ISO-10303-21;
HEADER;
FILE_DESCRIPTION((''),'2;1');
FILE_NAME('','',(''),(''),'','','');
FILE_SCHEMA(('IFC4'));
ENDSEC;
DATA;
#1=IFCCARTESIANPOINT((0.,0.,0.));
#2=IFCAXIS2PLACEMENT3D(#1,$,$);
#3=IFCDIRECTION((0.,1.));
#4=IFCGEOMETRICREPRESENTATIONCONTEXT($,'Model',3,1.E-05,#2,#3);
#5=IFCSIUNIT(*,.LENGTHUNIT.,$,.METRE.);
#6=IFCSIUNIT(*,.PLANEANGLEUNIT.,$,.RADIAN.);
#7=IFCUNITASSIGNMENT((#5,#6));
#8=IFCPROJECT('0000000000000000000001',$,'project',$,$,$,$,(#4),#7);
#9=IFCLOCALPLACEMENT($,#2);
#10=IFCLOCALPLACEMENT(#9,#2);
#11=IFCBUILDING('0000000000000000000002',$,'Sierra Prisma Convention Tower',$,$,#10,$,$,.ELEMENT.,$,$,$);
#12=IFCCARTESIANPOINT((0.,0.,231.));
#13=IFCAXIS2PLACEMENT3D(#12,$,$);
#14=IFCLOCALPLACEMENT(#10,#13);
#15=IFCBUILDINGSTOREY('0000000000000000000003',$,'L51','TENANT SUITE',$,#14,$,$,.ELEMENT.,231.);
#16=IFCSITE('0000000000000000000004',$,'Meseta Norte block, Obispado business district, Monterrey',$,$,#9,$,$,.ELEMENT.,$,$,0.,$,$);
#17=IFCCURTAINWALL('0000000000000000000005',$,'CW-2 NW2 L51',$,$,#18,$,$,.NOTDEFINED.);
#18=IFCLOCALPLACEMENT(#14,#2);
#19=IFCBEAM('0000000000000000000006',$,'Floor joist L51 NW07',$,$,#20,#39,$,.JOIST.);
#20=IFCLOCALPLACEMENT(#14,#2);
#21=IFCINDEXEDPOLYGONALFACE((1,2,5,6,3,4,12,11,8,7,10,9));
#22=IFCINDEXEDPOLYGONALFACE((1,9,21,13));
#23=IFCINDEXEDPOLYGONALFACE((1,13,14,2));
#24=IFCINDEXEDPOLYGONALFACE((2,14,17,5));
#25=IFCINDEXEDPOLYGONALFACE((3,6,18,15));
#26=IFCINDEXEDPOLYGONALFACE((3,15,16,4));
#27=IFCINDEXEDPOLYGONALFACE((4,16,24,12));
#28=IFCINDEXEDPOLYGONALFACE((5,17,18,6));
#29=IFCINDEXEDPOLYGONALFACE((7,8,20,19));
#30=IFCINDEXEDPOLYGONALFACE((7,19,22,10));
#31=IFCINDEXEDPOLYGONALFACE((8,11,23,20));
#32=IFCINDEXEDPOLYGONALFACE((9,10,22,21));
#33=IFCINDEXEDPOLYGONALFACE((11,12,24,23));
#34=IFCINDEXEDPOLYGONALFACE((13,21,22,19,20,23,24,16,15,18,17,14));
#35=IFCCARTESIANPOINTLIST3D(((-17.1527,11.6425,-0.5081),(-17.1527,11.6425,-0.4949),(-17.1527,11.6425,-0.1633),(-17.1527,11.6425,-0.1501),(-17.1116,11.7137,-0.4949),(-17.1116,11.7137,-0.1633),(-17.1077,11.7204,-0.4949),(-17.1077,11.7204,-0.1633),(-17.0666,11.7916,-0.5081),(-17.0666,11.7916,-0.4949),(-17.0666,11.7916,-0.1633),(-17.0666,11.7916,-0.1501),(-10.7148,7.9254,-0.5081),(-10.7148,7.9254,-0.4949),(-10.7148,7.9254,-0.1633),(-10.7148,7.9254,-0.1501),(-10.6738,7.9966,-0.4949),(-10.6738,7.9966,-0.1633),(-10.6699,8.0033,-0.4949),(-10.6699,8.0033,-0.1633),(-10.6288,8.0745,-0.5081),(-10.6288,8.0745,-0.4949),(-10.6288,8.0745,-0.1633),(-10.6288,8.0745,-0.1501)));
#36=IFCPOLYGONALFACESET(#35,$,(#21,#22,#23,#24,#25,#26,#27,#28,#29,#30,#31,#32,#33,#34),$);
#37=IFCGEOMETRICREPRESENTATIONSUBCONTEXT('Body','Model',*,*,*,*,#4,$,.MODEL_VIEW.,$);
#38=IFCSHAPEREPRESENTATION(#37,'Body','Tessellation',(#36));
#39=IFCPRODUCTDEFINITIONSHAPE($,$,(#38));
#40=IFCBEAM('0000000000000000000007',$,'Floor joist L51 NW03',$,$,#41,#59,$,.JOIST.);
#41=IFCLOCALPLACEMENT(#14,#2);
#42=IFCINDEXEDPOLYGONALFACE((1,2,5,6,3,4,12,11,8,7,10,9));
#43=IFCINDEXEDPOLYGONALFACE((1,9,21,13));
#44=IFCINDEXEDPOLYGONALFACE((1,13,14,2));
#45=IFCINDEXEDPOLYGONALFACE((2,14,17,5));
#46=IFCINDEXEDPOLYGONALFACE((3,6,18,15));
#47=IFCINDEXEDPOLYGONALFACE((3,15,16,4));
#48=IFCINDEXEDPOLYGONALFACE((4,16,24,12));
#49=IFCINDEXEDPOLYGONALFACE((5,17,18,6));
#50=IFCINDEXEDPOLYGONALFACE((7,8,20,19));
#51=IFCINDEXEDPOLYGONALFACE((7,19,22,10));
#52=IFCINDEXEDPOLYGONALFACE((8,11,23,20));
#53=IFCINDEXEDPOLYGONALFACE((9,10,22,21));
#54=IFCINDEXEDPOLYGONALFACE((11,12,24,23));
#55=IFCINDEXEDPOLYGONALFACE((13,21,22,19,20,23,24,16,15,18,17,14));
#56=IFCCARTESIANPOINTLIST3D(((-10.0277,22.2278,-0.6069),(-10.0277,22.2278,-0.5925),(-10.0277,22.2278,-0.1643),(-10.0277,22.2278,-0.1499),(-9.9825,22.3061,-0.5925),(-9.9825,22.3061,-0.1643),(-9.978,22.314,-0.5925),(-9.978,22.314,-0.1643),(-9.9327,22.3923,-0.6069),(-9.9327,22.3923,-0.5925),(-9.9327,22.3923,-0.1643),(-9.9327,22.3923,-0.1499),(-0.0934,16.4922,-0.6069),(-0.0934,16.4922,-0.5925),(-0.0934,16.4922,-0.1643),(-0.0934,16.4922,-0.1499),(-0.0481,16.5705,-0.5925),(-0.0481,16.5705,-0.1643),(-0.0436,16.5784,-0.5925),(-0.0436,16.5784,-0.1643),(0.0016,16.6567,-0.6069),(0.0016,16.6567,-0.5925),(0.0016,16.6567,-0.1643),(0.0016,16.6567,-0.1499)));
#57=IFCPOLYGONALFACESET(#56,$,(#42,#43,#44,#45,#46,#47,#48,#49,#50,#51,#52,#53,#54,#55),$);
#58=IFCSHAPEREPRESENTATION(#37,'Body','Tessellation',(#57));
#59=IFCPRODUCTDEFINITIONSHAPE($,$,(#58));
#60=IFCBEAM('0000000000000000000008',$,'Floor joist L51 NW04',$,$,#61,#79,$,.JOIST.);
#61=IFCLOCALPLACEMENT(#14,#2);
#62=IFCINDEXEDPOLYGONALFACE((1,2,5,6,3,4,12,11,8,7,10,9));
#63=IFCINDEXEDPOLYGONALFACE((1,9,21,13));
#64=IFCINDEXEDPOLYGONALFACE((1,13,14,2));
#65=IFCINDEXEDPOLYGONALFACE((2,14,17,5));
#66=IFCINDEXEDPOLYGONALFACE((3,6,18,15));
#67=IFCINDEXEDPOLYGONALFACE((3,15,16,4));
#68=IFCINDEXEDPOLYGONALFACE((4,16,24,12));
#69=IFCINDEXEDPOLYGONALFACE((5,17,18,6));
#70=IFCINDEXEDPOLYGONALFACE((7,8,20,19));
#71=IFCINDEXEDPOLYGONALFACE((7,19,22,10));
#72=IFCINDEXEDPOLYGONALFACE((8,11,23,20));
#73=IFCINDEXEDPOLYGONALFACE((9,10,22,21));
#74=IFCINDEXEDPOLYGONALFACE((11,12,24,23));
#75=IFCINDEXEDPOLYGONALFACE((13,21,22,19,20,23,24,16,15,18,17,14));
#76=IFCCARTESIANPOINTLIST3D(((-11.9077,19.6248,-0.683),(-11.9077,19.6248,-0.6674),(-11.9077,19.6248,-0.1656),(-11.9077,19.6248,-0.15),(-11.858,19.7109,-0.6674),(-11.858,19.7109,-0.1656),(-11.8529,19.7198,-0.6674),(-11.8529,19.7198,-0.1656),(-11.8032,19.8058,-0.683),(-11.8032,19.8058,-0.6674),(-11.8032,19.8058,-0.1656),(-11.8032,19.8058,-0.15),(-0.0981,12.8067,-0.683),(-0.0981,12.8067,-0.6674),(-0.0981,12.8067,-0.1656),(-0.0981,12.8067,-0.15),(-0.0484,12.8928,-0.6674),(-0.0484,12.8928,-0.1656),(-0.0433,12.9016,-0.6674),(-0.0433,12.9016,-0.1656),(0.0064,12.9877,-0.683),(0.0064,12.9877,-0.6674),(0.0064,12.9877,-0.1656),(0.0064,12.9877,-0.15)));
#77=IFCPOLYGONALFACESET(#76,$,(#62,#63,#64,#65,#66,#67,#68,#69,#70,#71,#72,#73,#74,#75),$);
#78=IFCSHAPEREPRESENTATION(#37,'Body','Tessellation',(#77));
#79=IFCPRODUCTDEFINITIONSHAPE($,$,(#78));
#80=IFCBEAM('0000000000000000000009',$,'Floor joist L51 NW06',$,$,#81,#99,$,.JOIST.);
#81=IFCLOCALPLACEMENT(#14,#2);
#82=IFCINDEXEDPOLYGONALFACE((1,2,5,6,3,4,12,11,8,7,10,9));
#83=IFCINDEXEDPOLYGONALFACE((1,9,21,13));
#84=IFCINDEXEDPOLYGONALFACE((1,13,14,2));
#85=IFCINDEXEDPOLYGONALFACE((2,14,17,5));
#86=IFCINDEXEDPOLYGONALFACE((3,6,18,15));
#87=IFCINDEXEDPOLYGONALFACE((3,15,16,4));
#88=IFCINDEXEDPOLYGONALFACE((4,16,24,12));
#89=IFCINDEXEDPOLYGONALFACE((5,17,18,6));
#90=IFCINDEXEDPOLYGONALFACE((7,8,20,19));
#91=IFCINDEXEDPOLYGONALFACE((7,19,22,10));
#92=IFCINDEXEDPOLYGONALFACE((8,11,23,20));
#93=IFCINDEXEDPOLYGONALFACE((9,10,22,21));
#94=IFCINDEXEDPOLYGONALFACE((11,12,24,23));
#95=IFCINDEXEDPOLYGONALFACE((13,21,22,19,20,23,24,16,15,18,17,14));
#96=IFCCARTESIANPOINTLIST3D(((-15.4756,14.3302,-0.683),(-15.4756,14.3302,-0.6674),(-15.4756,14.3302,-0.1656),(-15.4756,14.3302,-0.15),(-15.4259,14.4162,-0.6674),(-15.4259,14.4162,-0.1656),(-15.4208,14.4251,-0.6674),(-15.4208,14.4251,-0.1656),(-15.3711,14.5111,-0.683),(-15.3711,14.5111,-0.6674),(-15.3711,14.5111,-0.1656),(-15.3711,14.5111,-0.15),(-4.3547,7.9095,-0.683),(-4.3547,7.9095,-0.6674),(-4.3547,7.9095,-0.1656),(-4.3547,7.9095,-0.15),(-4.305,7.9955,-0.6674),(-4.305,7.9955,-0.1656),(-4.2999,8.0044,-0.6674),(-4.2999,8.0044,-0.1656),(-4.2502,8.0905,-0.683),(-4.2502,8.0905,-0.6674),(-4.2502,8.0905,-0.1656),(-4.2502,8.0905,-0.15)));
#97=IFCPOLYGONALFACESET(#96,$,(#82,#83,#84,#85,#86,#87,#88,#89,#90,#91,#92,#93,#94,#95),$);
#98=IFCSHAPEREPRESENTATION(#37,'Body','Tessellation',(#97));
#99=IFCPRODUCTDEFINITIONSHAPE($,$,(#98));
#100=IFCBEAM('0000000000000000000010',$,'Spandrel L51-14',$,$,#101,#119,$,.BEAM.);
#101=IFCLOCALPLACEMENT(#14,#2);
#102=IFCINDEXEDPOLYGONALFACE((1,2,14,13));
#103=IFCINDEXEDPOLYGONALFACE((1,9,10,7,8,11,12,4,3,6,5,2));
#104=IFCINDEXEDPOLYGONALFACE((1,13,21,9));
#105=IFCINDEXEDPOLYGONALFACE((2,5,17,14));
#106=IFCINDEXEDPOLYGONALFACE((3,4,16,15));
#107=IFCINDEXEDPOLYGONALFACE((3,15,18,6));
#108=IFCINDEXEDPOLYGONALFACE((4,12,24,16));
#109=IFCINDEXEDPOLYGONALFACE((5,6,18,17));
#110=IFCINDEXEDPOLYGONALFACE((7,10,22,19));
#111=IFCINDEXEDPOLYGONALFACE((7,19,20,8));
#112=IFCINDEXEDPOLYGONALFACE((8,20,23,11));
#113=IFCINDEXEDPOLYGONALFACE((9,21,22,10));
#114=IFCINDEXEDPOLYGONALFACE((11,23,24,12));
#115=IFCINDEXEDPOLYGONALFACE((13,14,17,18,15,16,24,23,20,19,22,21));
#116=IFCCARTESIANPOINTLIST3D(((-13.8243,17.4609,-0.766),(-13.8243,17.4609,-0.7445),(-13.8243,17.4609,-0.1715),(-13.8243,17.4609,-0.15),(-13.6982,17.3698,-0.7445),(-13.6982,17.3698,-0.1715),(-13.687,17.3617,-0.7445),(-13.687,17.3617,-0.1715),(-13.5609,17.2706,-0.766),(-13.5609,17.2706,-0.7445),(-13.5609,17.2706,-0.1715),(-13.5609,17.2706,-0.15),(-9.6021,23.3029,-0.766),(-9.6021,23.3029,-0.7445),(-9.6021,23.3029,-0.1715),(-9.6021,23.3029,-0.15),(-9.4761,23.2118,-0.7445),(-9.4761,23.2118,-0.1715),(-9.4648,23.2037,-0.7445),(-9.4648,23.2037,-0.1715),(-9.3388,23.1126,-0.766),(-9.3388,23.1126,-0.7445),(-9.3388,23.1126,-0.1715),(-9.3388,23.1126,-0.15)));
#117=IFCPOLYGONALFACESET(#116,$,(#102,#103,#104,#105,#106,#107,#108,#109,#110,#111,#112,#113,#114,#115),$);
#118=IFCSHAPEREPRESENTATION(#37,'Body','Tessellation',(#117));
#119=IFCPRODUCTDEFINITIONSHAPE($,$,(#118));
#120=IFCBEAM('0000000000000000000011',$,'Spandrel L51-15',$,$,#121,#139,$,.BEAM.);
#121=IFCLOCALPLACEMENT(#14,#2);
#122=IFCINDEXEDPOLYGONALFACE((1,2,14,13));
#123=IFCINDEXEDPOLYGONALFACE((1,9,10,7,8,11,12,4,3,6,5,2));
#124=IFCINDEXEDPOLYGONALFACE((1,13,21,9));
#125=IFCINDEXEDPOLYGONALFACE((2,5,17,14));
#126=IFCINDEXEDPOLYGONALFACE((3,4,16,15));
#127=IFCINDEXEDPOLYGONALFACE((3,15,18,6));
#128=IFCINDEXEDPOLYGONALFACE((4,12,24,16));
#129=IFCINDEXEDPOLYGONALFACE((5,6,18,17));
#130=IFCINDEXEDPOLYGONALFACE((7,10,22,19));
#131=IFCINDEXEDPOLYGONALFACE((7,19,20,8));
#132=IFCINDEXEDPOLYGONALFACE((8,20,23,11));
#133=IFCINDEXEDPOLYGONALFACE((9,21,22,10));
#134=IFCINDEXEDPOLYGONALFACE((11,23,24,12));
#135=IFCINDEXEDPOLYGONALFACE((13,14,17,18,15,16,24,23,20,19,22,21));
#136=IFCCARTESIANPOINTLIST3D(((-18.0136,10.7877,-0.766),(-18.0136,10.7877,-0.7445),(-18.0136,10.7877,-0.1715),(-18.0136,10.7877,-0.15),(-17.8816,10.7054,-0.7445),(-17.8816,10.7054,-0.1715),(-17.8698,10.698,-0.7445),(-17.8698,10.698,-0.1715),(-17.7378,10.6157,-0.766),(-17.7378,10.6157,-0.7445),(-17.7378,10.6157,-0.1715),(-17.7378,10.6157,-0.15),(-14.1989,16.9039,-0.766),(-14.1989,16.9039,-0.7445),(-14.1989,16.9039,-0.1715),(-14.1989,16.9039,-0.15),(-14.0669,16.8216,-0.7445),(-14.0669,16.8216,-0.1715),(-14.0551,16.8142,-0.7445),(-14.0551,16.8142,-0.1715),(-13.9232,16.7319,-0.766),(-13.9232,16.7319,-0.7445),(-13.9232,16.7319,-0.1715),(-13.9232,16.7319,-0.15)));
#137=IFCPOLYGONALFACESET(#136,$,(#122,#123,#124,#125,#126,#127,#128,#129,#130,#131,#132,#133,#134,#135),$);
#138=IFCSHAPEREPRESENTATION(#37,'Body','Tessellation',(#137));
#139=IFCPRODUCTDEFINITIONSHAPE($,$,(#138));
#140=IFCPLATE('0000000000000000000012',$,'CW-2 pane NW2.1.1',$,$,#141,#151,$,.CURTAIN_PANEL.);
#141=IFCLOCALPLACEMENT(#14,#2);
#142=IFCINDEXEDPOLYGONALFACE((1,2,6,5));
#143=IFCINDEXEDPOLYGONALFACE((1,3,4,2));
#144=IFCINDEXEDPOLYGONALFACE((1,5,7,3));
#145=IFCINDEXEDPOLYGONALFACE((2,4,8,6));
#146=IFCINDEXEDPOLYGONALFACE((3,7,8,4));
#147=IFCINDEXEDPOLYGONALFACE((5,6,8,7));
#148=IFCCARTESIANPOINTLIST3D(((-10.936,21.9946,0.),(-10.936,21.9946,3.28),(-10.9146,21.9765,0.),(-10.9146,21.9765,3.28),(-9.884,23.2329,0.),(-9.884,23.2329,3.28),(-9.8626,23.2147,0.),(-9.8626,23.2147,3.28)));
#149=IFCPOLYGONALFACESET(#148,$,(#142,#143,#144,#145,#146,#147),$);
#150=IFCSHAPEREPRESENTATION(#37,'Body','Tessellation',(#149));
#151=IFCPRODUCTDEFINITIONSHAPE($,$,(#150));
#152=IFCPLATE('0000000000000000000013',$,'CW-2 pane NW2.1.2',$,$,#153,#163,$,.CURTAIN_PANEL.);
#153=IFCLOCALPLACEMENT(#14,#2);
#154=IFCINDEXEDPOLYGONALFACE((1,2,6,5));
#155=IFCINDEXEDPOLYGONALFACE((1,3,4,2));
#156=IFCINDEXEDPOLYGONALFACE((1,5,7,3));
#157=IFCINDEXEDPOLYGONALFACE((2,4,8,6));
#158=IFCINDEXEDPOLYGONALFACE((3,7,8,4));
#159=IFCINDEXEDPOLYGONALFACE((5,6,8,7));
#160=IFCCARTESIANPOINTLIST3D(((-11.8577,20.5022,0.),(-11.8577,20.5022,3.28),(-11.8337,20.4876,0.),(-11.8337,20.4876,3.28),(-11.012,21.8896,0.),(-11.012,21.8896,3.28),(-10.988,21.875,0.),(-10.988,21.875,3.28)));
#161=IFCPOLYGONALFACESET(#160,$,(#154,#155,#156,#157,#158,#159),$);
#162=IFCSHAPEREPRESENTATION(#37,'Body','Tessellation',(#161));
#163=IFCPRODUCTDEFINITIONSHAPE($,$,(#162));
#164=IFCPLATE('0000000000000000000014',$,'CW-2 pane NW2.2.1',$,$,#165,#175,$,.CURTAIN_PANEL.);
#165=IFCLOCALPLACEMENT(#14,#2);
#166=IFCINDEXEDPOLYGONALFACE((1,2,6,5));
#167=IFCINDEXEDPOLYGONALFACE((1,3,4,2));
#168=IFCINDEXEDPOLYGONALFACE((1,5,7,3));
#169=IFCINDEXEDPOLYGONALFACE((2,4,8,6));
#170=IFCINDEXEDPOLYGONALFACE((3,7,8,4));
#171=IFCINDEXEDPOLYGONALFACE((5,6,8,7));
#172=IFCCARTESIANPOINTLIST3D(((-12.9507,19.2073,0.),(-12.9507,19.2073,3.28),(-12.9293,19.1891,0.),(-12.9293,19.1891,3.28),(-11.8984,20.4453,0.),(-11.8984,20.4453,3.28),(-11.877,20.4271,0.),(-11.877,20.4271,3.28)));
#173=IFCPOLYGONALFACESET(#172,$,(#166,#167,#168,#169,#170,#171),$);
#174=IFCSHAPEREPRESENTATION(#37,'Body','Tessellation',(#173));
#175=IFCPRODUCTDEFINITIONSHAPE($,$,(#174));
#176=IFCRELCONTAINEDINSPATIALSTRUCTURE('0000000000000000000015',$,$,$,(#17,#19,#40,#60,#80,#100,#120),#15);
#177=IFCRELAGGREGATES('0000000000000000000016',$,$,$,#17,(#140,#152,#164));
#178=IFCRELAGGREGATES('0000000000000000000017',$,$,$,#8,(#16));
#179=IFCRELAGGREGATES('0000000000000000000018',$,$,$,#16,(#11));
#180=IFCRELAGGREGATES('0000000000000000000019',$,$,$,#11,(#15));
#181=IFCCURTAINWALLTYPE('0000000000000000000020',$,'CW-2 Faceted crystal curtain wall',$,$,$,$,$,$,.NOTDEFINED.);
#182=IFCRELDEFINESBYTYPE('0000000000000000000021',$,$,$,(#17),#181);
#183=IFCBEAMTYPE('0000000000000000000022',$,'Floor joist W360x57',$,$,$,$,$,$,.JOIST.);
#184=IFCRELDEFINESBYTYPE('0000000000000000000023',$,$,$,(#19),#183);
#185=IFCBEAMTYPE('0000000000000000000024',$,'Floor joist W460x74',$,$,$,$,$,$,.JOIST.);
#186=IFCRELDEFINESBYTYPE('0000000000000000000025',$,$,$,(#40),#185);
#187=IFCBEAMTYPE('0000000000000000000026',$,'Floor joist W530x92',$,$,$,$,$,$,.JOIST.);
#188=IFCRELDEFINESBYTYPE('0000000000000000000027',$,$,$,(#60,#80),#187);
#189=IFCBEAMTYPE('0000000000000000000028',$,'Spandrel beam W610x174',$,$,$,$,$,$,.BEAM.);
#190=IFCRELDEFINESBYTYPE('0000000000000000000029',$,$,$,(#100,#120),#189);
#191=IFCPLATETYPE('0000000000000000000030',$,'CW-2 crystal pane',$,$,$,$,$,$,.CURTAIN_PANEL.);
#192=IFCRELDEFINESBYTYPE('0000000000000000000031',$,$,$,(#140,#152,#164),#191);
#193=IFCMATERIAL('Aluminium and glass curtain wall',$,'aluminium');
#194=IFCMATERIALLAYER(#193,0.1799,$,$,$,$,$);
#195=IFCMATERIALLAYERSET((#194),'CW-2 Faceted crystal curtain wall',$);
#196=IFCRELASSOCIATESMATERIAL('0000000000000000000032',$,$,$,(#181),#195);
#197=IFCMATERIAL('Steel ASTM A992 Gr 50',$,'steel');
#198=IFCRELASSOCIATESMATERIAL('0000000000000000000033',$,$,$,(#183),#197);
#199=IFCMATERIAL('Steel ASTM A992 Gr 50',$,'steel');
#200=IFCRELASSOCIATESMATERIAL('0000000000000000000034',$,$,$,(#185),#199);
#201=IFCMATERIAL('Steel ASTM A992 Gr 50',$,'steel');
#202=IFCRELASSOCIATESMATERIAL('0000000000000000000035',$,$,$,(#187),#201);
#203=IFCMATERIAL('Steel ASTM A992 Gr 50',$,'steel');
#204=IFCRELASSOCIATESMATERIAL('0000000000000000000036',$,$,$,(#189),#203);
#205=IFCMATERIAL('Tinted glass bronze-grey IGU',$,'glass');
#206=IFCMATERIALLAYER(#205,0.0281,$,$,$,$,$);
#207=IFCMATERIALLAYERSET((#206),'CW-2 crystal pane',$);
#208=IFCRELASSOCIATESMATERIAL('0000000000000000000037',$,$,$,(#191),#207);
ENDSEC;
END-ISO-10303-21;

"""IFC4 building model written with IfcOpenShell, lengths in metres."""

from ifc_helpers import new_model, si_unit, direction, frame, origin, origin_2d, place, context, subcontext, project, spatial, polyline, i_section, outline, extrude, material, layer, layer_set, material_profile, profile_set, type_object, element, aggregate, save


model = new_model("IFC4")

# Units and contexts
model_context = context("Model", 3, precision=1e-05, world=origin(), true_north=direction((0.0, 1.0)))
body_context = subcontext(model_context, "Body", "Model", "MODEL_VIEW")
ifc_project = project(units=[si_unit("LENGTHUNIT", "METRE"), si_unit("PLANEANGLEUNIT", "RADIAN")], contexts=[model_context])

# Site, building, storey
site_placement = place(None, origin())
site = spatial("IfcSite", under=ifc_project, at=site_placement, Name="Meseta Norte block, Obispado business district, Monterrey", CompositionType="ELEMENT", RefElevation=0.0)
building_placement = place(site_placement, origin())
building = spatial("IfcBuilding", under=site, at=building_placement, Name="Sierra Prisma Convention Tower", CompositionType="ELEMENT")
storey_placement = place(building_placement, frame((0.0, 0.0, 231.0)))
storey = spatial("IfcBuildingStorey", under=building, at=storey_placement, Name="L51", Description="TENANT SUITE", CompositionType="ELEMENT", Elevation=231.0)

# Curtain wall
ifc_material_1 = material(Name="Aluminium and glass curtain wall", Category="aluminium")
ifc_layer_1 = layer(ifc_material_1, 0.1799)
ifc_layer_set_1 = layer_set([ifc_layer_1], Name="CW-2 Faceted crystal curtain wall")
curtain_wall_type = type_object("IfcCurtainWallType", Name="CW-2 Faceted crystal curtain wall", PredefinedType="NOTDEFINED", material=ifc_layer_set_1)
curtain_wall_1_placement = place(storey_placement, origin())
curtain_wall_1 = element("IfcCurtainWall", 1, at=curtain_wall_1_placement, inside=storey, type_object=curtain_wall_type, Name="CW-2 NW2 L51", PredefinedType="NOTDEFINED")

# Beams
ifc_material_2 = material(Name="Steel ASTM A992 Gr 50", Category="steel")
ifc_material_profile_1 = material_profile(ifc_material_2, i_section(OverallWidth=0.1721, OverallDepth=0.3579, WebThickness=0.0078, FlangeThickness=0.0132, at=origin_2d()), Name="W360x57")
ifc_profile_set_1 = profile_set([ifc_material_profile_1], Name="Steel ASTM A992 Gr 50")
beam_type_1 = type_object("IfcBeamType", Name="Floor joist W360x57", PredefinedType="JOIST", material=ifc_profile_set_1)
beam_1_placement = place(storey_placement, frame((-17.1096, 11.717, -0.3291), z_axis=(0.866013, -0.500021, 0.0), x_axis=(0.500021, 0.866013, 0.0)))
element("IfcBeam", 2, at=beam_1_placement, inside=storey, type_object=beam_type_1, Name="Floor joist L51 NW07", PredefinedType="JOIST", context=body_context, shape_type="SweptSolid", body=[
    extrude(i_section(OverallWidth=0.1721, OverallDepth=0.3579, WebThickness=0.0078, FlangeThickness=0.0132, at=origin_2d()), origin(), (0.0, 0.0, 1.0), 7.4338),
])
ifc_material_3 = material(Name="Steel ASTM A992 Gr 50", Category="steel")
ifc_material_profile_2 = material_profile(ifc_material_3, i_section(OverallWidth=0.1899, OverallDepth=0.457, WebThickness=0.009, FlangeThickness=0.0144, at=origin_2d()), Name="W460x74")
ifc_profile_set_2 = profile_set([ifc_material_profile_2], Name="Steel ASTM A992 Gr 50")
beam_type_2 = type_object("IfcBeamType", Name="Floor joist W460x74", PredefinedType="JOIST", material=ifc_profile_set_2)
beam_2_placement = place(storey_placement, frame((-9.9802, 22.3101, -0.3784), z_axis=(0.866025, -0.500001, 0.0), x_axis=(0.500001, 0.866025, 0.0)))
element("IfcBeam", 3, at=beam_2_placement, inside=storey, type_object=beam_type_2, Name="Floor joist L51 NW03", PredefinedType="JOIST", context=body_context, shape_type="SweptSolid", body=[
    extrude(i_section(OverallWidth=0.1899, OverallDepth=0.457, WebThickness=0.009, FlangeThickness=0.0144, at=origin_2d()), origin(), (0.0, 0.0, 1.0), 11.4712),
])
ifc_material_4 = material(Name="Steel ASTM A992 Gr 50", Category="steel")
ifc_material_profile_3 = material_profile(ifc_material_4, i_section(OverallWidth=0.209, OverallDepth=0.533, WebThickness=0.0103, FlangeThickness=0.0156, at=origin_2d()), Name="W530x92")
ifc_profile_set_3 = profile_set([ifc_material_profile_3], Name="Steel ASTM A992 Gr 50")
beam_type_3 = type_object("IfcBeamType", Name="Floor joist W530x92", PredefinedType="JOIST", material=ifc_profile_set_3)
beam_3_placement = place(storey_placement, frame((-11.8555, 19.7153, -0.4165), z_axis=(0.86603, -0.499992, 0.0), x_axis=(0.499992, 0.86603, 0.0)))
element("IfcBeam", 4, at=beam_3_placement, inside=storey, type_object=beam_type_3, Name="Floor joist L51 NW04", PredefinedType="JOIST", context=body_context, shape_type="SweptSolid", body=[
    extrude(i_section(OverallWidth=0.209, OverallDepth=0.533, WebThickness=0.0103, FlangeThickness=0.0156, at=origin_2d()), origin(), (0.0, 0.0, 1.0), 13.6365),
])
beam_4_placement = place(storey_placement, frame((-15.4233, 14.4207, -0.4165), z_axis=(0.866024, -0.500002, 0.0), x_axis=(0.500002, 0.866024, 0.0)))
element("IfcBeam", 5, at=beam_4_placement, inside=storey, type_object=beam_type_3, Name="Floor joist L51 NW06", PredefinedType="JOIST", context=body_context, shape_type="SweptSolid", body=[
    extrude(i_section(OverallWidth=0.209, OverallDepth=0.533, WebThickness=0.0103, FlangeThickness=0.0156, at=origin_2d()), origin(), (0.0, 0.0, 1.0), 12.8413),
])
ifc_material_5 = material(Name="Steel ASTM A992 Gr 50", Category="steel")
ifc_material_profile_4 = material_profile(ifc_material_5, i_section(OverallWidth=0.325, OverallDepth=0.616, WebThickness=0.0139, FlangeThickness=0.0215, at=origin_2d()), Name="W610x174")
ifc_profile_set_4 = profile_set([ifc_material_profile_4], Name="Steel ASTM A992 Gr 50")
beam_type_4 = type_object("IfcBeamType", Name="Spandrel beam W610x174", PredefinedType="BEAM", material=ifc_profile_set_4)
beam_5_placement = place(storey_placement, frame((-9.4705, 23.2078, -0.458), z_axis=(-0.585756, -0.810487, 0.0), x_axis=(0.810487, -0.585756, 0.0)))
element("IfcBeam", 6, at=beam_5_placement, inside=storey, type_object=beam_type_4, Name="Spandrel L51-14", PredefinedType="BEAM", context=body_context, shape_type="SweptSolid", body=[
    extrude(i_section(OverallWidth=0.325, OverallDepth=0.616, WebThickness=0.0139, FlangeThickness=0.0215, at=origin_2d()), origin(), (0.0, 0.0, 1.0), 7.208),
])
beam_6_placement = place(storey_placement, frame((-14.061, 16.8179, -0.458), z_axis=(-0.529207, -0.848493, 0.0), x_axis=(0.848493, -0.529207, 0.0)))
element("IfcBeam", 7, at=beam_6_placement, inside=storey, type_object=beam_type_4, Name="Spandrel L51-15", PredefinedType="BEAM", context=body_context, shape_type="SweptSolid", body=[
    extrude(i_section(OverallWidth=0.325, OverallDepth=0.616, WebThickness=0.0139, FlangeThickness=0.0215, at=origin_2d()), origin(), (0.0, 0.0, 1.0), 7.2083),
])

# Plates
ifc_material_6 = material(Name="Tinted glass bronze-grey IGU", Category="glass")
ifc_layer_2 = layer(ifc_material_6, 0.0281)
ifc_layer_set_2 = layer_set([ifc_layer_2], Name="CW-2 crystal pane")
plate_type = type_object("IfcPlateType", Name="CW-2 crystal pane", PredefinedType="CURTAIN_PANEL", material=ifc_layer_set_2)
plate_1_placement = place(storey_placement, frame((-9.884, 23.2329, 0.0), z_axis=(-0.762102, 0.647456, 0.0), x_axis=(-0.647456, -0.762102, 0.0)))
plate_1 = element("IfcPlate", 8, at=plate_1_placement, type_object=plate_type, Name="CW-2 pane NW2.1.1", PredefinedType="CURTAIN_PANEL", context=body_context, shape_type="SweptSolid", body=[
    extrude(outline(polyline([(0.0, 0.0), (1.6248, 0.0), (1.6248, 3.28), (0.0, 3.28), (0.0, 0.0)])), origin(), (0.0, 0.0, -1.0), 0.0281),
])
plate_2_placement = place(storey_placement, frame((-11.8577, 20.5022, 0.0), z_axis=(-0.853879, 0.520471, 0.0), x_axis=(0.520471, 0.853879, 0.0)))
plate_2 = element("IfcPlate", 9, at=plate_2_placement, type_object=plate_type, Name="CW-2 pane NW2.1.2", PredefinedType="CURTAIN_PANEL", context=body_context, shape_type="SweptSolid", body=[
    extrude(outline(polyline([(0.0, 0.0), (1.6249, 0.0), (1.6249, -3.28), (0.0, -3.28), (0.0, 0.0)])), origin(), (0.0, 0.0, -1.0), 0.0281),
])
plate_3_placement = place(storey_placement, frame((-11.8984, 20.4453, 0.0), z_axis=(-0.761965, 0.647618, 0.0), x_axis=(-0.647618, -0.761965, 0.0)))
plate_3 = element("IfcPlate", 10, at=plate_3_placement, type_object=plate_type, Name="CW-2 pane NW2.2.1", PredefinedType="CURTAIN_PANEL", context=body_context, shape_type="SweptSolid", body=[
    extrude(outline(polyline([(0.0, 0.0), (1.6248, 0.0), (1.6248, 3.28), (0.0, 3.28), (0.0, 0.0)])), origin(), (0.0, 0.0, -1.0), 0.0281),
])
aggregate(curtain_wall_1, [plate_1, plate_2, plate_3])

save(model, "model.ifc")
